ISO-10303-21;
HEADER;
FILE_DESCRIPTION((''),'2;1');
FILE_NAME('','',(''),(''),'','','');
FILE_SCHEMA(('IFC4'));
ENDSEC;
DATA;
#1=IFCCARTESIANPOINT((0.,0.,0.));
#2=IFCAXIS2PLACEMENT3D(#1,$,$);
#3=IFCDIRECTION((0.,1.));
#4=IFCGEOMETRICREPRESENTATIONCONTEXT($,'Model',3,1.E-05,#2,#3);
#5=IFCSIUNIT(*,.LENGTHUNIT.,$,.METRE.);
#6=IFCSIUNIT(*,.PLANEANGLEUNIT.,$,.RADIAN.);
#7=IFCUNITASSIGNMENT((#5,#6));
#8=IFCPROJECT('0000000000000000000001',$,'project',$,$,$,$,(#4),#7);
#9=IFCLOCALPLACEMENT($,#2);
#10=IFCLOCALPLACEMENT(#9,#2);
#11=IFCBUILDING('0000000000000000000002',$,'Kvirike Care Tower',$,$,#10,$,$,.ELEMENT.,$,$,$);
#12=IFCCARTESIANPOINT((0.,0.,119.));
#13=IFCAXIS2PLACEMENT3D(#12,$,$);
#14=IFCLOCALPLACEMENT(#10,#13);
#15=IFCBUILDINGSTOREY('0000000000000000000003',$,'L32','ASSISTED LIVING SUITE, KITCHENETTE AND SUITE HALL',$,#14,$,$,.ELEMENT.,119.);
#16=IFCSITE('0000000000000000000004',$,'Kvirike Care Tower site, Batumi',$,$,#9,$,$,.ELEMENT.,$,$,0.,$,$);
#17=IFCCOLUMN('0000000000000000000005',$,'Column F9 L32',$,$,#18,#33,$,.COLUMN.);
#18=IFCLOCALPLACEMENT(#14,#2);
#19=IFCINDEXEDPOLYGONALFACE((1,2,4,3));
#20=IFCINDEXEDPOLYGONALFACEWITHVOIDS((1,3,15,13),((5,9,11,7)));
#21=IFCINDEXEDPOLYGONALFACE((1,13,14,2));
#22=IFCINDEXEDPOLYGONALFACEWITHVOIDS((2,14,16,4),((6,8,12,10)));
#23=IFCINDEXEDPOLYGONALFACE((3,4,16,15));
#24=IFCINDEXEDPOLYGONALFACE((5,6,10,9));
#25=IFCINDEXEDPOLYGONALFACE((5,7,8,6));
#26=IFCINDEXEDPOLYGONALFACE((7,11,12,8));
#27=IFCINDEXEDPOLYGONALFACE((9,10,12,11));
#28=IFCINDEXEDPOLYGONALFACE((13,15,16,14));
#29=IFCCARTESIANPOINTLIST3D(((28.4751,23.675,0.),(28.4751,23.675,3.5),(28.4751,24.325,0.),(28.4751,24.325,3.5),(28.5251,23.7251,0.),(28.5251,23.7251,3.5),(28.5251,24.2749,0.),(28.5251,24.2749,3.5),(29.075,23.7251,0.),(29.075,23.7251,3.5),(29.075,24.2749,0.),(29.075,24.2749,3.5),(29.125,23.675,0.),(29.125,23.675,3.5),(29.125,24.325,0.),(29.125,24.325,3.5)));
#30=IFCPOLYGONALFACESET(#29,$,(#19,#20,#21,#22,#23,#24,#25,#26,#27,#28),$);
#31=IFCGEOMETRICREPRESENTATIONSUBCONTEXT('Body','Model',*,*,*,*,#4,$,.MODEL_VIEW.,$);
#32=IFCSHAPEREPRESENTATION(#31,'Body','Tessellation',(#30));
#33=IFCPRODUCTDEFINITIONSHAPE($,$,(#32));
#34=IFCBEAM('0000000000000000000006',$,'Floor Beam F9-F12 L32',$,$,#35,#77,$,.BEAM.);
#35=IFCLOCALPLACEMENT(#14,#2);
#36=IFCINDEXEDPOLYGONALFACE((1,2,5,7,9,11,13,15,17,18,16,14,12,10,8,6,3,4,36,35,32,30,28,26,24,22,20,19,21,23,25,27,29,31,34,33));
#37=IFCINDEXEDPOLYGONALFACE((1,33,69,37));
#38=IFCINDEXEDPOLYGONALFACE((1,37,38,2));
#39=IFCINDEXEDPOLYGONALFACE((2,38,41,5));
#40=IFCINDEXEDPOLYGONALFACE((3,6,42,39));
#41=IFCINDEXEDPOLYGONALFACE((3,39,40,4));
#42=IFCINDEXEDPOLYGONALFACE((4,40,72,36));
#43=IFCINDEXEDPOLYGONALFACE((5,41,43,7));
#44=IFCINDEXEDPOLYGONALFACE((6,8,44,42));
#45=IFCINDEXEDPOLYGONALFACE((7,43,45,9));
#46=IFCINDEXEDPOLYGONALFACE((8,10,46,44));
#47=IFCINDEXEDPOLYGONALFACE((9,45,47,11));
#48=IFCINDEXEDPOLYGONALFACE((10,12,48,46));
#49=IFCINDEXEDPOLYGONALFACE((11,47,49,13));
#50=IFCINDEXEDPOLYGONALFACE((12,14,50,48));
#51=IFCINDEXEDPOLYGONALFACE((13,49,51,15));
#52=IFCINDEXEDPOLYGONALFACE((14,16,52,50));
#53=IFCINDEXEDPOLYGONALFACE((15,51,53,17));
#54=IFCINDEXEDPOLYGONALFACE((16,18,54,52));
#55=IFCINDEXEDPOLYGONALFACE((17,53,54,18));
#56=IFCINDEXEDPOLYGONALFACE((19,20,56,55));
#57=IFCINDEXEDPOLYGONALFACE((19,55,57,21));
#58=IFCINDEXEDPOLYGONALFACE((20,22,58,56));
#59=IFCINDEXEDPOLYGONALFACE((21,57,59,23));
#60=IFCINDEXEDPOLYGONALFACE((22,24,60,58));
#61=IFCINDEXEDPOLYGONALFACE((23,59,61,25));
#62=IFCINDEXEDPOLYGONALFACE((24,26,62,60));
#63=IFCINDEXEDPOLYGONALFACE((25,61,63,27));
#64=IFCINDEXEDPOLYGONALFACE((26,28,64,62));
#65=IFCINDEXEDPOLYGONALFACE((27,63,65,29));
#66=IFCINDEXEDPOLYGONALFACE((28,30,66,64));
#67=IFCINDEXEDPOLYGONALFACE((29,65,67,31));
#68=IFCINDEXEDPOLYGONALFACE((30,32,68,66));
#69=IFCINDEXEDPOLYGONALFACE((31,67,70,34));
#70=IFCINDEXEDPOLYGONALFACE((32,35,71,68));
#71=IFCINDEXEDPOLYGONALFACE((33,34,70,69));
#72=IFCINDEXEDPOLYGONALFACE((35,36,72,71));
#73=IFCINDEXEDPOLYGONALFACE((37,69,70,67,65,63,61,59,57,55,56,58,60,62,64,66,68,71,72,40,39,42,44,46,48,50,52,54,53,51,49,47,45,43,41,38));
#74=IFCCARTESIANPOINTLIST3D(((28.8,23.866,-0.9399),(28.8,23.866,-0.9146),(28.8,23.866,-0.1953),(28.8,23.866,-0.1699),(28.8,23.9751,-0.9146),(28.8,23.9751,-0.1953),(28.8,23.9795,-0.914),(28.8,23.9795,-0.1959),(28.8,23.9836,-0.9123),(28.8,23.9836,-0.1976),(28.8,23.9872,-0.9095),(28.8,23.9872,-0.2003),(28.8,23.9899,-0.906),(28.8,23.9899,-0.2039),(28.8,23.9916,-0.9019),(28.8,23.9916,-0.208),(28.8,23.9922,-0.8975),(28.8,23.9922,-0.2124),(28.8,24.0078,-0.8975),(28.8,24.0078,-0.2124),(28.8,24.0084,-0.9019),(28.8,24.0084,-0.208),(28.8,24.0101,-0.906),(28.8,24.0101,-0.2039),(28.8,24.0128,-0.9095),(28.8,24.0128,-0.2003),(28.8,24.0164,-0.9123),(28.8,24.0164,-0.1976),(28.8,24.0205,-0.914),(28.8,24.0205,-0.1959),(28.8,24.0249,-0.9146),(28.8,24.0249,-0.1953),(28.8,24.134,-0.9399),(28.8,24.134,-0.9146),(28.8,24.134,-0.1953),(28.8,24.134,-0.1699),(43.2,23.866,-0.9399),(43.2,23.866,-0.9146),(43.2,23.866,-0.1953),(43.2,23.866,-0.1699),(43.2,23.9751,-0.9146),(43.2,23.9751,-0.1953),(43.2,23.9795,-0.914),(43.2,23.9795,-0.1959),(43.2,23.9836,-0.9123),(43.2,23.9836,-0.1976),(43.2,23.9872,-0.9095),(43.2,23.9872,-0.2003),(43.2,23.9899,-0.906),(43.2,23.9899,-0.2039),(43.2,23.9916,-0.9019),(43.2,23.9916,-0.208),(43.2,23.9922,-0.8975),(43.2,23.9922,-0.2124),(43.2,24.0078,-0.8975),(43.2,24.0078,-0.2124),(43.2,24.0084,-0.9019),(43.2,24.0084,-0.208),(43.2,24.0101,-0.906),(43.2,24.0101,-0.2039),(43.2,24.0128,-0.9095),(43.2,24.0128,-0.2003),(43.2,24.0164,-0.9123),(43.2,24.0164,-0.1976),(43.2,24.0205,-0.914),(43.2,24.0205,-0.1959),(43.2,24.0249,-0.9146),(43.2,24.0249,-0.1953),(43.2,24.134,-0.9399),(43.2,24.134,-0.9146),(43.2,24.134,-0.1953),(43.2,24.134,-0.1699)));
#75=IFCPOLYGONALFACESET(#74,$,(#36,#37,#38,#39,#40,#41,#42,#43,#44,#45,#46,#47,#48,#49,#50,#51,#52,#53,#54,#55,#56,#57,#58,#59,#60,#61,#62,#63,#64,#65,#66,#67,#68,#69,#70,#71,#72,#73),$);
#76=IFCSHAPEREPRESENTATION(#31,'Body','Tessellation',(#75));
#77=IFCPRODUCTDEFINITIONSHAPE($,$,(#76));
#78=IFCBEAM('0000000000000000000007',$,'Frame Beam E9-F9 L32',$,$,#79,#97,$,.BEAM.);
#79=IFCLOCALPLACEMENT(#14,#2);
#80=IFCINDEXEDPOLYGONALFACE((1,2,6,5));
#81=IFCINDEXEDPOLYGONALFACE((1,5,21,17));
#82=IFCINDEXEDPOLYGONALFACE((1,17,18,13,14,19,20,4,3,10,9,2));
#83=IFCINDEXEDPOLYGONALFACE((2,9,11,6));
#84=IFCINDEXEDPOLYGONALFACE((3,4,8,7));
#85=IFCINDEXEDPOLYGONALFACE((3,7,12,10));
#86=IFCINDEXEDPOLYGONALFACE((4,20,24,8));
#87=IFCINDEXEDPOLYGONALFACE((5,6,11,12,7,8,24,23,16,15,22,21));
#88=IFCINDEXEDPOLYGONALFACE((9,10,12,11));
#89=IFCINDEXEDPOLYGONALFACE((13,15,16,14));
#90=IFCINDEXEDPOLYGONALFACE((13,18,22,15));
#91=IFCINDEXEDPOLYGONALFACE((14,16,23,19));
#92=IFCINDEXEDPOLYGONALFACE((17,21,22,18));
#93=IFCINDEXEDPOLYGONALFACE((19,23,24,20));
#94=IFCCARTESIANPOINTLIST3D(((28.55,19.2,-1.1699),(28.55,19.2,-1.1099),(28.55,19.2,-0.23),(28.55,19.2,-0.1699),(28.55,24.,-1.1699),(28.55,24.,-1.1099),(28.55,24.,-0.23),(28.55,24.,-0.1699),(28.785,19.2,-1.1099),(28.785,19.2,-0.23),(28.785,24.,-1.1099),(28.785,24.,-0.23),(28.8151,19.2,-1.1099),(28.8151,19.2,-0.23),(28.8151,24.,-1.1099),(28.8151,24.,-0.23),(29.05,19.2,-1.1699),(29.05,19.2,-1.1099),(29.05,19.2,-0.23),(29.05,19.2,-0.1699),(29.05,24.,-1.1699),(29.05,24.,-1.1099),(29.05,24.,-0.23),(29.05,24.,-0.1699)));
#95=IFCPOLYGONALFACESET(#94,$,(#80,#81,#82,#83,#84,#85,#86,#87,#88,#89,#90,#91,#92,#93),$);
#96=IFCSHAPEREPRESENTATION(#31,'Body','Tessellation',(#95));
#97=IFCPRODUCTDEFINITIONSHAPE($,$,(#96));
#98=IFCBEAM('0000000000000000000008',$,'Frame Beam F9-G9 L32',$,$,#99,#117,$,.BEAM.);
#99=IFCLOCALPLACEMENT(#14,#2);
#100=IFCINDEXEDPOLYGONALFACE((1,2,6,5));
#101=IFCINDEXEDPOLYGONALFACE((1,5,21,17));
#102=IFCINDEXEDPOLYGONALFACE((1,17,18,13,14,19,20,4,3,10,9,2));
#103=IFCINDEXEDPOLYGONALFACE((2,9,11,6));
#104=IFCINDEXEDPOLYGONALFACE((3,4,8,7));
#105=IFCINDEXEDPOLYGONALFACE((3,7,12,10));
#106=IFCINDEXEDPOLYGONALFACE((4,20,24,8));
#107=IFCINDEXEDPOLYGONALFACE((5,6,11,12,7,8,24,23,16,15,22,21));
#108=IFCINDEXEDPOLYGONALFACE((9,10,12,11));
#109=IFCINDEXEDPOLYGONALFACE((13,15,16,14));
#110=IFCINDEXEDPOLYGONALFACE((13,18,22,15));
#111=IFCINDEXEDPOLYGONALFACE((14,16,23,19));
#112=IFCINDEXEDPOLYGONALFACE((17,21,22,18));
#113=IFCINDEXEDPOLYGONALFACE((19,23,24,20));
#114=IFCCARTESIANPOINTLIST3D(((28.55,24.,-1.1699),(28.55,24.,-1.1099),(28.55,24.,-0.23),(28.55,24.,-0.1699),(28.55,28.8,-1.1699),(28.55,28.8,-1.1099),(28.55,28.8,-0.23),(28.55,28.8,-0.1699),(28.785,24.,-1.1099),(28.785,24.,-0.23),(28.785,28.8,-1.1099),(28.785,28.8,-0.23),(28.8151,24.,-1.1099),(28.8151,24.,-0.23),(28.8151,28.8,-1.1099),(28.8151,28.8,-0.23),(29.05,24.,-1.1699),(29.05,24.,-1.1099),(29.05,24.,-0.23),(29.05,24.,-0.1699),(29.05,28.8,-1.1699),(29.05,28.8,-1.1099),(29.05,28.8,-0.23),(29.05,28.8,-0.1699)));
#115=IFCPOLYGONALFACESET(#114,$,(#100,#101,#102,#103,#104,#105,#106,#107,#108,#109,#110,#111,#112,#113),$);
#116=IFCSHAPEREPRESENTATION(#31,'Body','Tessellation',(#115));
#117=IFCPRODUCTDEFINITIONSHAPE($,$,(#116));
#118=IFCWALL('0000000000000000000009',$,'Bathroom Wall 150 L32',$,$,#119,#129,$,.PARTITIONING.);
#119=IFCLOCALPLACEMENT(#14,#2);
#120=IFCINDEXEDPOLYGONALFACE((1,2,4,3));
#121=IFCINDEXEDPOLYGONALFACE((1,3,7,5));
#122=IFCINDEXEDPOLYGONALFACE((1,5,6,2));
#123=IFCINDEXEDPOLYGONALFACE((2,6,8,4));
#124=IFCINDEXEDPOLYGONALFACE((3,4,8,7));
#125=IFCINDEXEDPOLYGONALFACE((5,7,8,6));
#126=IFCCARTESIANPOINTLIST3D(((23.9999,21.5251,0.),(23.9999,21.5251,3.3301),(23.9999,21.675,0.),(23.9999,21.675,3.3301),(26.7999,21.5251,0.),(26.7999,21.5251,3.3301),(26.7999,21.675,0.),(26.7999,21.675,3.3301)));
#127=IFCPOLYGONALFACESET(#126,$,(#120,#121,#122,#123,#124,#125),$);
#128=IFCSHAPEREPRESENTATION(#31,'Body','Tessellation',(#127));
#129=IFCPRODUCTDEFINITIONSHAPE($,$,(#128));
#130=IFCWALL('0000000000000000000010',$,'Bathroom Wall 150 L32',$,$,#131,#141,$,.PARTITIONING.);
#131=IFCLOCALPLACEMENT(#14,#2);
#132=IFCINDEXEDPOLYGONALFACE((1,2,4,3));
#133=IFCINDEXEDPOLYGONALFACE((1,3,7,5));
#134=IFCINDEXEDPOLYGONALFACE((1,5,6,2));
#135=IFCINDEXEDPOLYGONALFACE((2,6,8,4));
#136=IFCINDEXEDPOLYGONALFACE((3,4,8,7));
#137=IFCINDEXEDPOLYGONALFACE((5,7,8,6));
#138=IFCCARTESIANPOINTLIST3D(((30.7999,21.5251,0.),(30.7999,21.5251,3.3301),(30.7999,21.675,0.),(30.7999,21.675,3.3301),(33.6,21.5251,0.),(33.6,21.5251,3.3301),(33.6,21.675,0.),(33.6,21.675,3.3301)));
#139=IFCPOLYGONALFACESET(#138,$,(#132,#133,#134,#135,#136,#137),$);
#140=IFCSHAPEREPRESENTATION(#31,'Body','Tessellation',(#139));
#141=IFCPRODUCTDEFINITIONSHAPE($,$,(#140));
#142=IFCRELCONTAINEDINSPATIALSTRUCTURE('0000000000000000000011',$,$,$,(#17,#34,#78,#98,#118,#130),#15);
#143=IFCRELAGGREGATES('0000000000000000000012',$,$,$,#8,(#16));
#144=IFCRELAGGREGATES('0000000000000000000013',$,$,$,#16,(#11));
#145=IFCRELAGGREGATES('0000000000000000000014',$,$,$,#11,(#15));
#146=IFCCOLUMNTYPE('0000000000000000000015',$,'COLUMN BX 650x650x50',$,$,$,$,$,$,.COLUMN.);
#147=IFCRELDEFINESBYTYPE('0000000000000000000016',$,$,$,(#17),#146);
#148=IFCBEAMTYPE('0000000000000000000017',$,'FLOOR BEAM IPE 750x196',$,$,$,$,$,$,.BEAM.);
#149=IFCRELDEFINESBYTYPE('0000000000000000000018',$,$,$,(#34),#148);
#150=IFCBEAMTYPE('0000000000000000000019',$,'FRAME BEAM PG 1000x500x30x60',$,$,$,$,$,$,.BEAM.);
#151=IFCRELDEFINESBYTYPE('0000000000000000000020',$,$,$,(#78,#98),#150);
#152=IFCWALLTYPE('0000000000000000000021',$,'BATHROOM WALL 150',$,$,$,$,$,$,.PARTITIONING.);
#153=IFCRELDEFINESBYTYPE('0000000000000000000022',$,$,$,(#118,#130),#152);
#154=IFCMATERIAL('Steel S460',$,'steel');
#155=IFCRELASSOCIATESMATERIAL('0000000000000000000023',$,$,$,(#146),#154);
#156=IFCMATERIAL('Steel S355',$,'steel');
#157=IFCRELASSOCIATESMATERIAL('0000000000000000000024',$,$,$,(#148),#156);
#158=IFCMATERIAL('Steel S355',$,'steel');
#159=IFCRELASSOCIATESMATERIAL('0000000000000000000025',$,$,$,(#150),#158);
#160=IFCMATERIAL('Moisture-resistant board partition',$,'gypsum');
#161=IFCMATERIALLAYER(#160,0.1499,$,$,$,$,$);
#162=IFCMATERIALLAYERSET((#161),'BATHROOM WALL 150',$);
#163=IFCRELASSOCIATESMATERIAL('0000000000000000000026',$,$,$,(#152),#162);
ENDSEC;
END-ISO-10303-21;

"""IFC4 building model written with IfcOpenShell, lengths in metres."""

from ifc_helpers import new_model, si_unit, direction, frame, frame_2d, origin, origin_2d, place, context, subcontext, project, spatial, rectangle, hollow_rectangle, i_section, extrude, material, layer, layer_set, material_profile, profile_set, type_object, element, save


model = new_model("IFC4")

# Units and contexts
model_context = context("Model", 3, precision=1e-05, world=origin(), true_north=direction((0.0, 1.0)))
body_context = subcontext(model_context, "Body", "Model", "MODEL_VIEW")
ifc_project = project(units=[si_unit("LENGTHUNIT", "METRE"), si_unit("PLANEANGLEUNIT", "RADIAN")], contexts=[model_context])

# Site, building, storey
site_placement = place(None, origin())
site = spatial("IfcSite", under=ifc_project, at=site_placement, Name="Kvirike Care Tower site, Batumi", CompositionType="ELEMENT", RefElevation=0.0)
building_placement = place(site_placement, origin())
building = spatial("IfcBuilding", under=site, at=building_placement, Name="Kvirike Care Tower", CompositionType="ELEMENT")
storey_placement = place(building_placement, frame((0.0, 0.0, 119.0)))
storey = spatial("IfcBuildingStorey", under=building, at=storey_placement, Name="L32", Description="ASSISTED LIVING SUITE, KITCHENETTE AND SUITE HALL", CompositionType="ELEMENT", Elevation=119.0)

# Column
ifc_material_1 = material(Name="Steel S460", Category="steel")
ifc_material_profile_1 = material_profile(ifc_material_1, hollow_rectangle(XDim=0.6499, YDim=0.6499, WallThickness=0.05, at=origin_2d()), Name="BX 650x650x50")
ifc_profile_set_1 = profile_set([ifc_material_profile_1], Name="Steel S460")
column_type = type_object("IfcColumnType", Name="COLUMN BX 650x650x50", PredefinedType="COLUMN", material=ifc_profile_set_1)
column_placement = place(storey_placement, frame((28.8, 24.0, 0.0), z_axis=(0.0, 0.0, 1.0), x_axis=(1.0, 0.0, 0.0)))
element("IfcColumn", 1, at=column_placement, inside=storey, type_object=column_type, Name="Column F9 L32", PredefinedType="COLUMN", context=body_context, shape_type="SweptSolid", body=[
    extrude(hollow_rectangle(XDim=0.6499, YDim=0.6499, WallThickness=0.05, at=origin_2d()), origin(), (0.0, 0.0, 1.0), 3.5),
])

# Beams
ifc_material_2 = material(Name="Steel S355", Category="steel")
ifc_material_profile_2 = material_profile(ifc_material_2, i_section(OverallWidth=0.2681, OverallDepth=0.77, WebThickness=0.0156, FlangeThickness=0.0254, FilletRadius=0.0171, at=origin_2d()), Name="IPE 750x196")
ifc_profile_set_2 = profile_set([ifc_material_profile_2], Name="Steel S355")
beam_type_1 = type_object("IfcBeamType", Name="FLOOR BEAM IPE 750x196", PredefinedType="BEAM", material=ifc_profile_set_2)
beam_placement = place(storey_placement, frame((28.8, 24.0, -0.5549), z_axis=(1.0, 0.0, 0.0), x_axis=(0.0, 1.0, 0.0)))
element("IfcBeam", 2, at=beam_placement, inside=storey, type_object=beam_type_1, Name="Floor Beam F9-F12 L32", PredefinedType="BEAM", context=body_context, shape_type="SweptSolid", body=[
    extrude(i_section(OverallWidth=0.2681, OverallDepth=0.77, WebThickness=0.0156, FlangeThickness=0.0254, FilletRadius=0.0171, at=origin_2d()), origin(), (0.0, 0.0, 1.0), 14.3999),
])
ifc_material_3 = material(Name="Steel S355", Category="steel")
ifc_material_profile_3 = material_profile(ifc_material_3, i_section(OverallWidth=0.5, OverallDepth=1.0, WebThickness=0.03, FlangeThickness=0.0601, at=origin_2d()), Name="PG 1000x500x30x60")
ifc_profile_set_3 = profile_set([ifc_material_profile_3], Name="Steel S355")
beam_type_2 = type_object("IfcBeamType", Name="FRAME BEAM PG 1000x500x30x60", PredefinedType="BEAM", material=ifc_profile_set_3)
for number, where, z_axis, x_axis, name in (
    (3, (28.8, 19.2, -0.6699), (0.0, 1.0, 0.0), (-1.0, 0.0, 0.0), "Frame Beam E9-F9 L32"),
    (4, (28.8, 24.0, -0.6699), (0.0, 1.0, 0.0), (-1.0, 0.0, 0.0), "Frame Beam F9-G9 L32"),
):
    element("IfcBeam", number, at=place(storey_placement, frame(where, z_axis=z_axis, x_axis=x_axis)), inside=storey, type_object=beam_type_2, Name=name, PredefinedType="BEAM", context=body_context, shape_type="SweptSolid", body=[
        extrude(i_section(OverallWidth=0.5, OverallDepth=1.0, WebThickness=0.03, FlangeThickness=0.0601, at=origin_2d()), origin(), (0.0, 0.0, 1.0), 4.8),
    ])

# Walls
ifc_material_4 = material(Name="Moisture-resistant board partition", Category="gypsum")
ifc_layer_1 = layer(ifc_material_4, 0.1499)
ifc_layer_set_1 = layer_set([ifc_layer_1], Name="BATHROOM WALL 150")
wall_type_1 = type_object("IfcWallType", Name="BATHROOM WALL 150", PredefinedType="PARTITIONING", material=ifc_layer_set_1)
for number, where, z_axis, x_axis, name in (
    (5, (24.0, 21.6001, 0.0), (0.0, 0.0, 1.0), (1.0, 0.0, 0.0), "Bathroom Wall 150 L32"),
    (6, (30.8, 21.6001, 0.0), (0.0, 0.0, 1.0), (1.0, 0.0, 0.0), "Bathroom Wall 150 L32"),
):
    element("IfcWall", number, at=place(storey_placement, frame(where, z_axis=z_axis, x_axis=x_axis)), inside=storey, type_object=wall_type_1, Name=name, PredefinedType="PARTITIONING", context=body_context, shape_type="SweptSolid", body=[
        extrude(rectangle(XDim=2.8, YDim=0.1499, at=frame_2d((1.3999, 0.0))), origin(), (0.0, 0.0, 1.0), 3.3301),
    ])

save(model, "model.ifc")
